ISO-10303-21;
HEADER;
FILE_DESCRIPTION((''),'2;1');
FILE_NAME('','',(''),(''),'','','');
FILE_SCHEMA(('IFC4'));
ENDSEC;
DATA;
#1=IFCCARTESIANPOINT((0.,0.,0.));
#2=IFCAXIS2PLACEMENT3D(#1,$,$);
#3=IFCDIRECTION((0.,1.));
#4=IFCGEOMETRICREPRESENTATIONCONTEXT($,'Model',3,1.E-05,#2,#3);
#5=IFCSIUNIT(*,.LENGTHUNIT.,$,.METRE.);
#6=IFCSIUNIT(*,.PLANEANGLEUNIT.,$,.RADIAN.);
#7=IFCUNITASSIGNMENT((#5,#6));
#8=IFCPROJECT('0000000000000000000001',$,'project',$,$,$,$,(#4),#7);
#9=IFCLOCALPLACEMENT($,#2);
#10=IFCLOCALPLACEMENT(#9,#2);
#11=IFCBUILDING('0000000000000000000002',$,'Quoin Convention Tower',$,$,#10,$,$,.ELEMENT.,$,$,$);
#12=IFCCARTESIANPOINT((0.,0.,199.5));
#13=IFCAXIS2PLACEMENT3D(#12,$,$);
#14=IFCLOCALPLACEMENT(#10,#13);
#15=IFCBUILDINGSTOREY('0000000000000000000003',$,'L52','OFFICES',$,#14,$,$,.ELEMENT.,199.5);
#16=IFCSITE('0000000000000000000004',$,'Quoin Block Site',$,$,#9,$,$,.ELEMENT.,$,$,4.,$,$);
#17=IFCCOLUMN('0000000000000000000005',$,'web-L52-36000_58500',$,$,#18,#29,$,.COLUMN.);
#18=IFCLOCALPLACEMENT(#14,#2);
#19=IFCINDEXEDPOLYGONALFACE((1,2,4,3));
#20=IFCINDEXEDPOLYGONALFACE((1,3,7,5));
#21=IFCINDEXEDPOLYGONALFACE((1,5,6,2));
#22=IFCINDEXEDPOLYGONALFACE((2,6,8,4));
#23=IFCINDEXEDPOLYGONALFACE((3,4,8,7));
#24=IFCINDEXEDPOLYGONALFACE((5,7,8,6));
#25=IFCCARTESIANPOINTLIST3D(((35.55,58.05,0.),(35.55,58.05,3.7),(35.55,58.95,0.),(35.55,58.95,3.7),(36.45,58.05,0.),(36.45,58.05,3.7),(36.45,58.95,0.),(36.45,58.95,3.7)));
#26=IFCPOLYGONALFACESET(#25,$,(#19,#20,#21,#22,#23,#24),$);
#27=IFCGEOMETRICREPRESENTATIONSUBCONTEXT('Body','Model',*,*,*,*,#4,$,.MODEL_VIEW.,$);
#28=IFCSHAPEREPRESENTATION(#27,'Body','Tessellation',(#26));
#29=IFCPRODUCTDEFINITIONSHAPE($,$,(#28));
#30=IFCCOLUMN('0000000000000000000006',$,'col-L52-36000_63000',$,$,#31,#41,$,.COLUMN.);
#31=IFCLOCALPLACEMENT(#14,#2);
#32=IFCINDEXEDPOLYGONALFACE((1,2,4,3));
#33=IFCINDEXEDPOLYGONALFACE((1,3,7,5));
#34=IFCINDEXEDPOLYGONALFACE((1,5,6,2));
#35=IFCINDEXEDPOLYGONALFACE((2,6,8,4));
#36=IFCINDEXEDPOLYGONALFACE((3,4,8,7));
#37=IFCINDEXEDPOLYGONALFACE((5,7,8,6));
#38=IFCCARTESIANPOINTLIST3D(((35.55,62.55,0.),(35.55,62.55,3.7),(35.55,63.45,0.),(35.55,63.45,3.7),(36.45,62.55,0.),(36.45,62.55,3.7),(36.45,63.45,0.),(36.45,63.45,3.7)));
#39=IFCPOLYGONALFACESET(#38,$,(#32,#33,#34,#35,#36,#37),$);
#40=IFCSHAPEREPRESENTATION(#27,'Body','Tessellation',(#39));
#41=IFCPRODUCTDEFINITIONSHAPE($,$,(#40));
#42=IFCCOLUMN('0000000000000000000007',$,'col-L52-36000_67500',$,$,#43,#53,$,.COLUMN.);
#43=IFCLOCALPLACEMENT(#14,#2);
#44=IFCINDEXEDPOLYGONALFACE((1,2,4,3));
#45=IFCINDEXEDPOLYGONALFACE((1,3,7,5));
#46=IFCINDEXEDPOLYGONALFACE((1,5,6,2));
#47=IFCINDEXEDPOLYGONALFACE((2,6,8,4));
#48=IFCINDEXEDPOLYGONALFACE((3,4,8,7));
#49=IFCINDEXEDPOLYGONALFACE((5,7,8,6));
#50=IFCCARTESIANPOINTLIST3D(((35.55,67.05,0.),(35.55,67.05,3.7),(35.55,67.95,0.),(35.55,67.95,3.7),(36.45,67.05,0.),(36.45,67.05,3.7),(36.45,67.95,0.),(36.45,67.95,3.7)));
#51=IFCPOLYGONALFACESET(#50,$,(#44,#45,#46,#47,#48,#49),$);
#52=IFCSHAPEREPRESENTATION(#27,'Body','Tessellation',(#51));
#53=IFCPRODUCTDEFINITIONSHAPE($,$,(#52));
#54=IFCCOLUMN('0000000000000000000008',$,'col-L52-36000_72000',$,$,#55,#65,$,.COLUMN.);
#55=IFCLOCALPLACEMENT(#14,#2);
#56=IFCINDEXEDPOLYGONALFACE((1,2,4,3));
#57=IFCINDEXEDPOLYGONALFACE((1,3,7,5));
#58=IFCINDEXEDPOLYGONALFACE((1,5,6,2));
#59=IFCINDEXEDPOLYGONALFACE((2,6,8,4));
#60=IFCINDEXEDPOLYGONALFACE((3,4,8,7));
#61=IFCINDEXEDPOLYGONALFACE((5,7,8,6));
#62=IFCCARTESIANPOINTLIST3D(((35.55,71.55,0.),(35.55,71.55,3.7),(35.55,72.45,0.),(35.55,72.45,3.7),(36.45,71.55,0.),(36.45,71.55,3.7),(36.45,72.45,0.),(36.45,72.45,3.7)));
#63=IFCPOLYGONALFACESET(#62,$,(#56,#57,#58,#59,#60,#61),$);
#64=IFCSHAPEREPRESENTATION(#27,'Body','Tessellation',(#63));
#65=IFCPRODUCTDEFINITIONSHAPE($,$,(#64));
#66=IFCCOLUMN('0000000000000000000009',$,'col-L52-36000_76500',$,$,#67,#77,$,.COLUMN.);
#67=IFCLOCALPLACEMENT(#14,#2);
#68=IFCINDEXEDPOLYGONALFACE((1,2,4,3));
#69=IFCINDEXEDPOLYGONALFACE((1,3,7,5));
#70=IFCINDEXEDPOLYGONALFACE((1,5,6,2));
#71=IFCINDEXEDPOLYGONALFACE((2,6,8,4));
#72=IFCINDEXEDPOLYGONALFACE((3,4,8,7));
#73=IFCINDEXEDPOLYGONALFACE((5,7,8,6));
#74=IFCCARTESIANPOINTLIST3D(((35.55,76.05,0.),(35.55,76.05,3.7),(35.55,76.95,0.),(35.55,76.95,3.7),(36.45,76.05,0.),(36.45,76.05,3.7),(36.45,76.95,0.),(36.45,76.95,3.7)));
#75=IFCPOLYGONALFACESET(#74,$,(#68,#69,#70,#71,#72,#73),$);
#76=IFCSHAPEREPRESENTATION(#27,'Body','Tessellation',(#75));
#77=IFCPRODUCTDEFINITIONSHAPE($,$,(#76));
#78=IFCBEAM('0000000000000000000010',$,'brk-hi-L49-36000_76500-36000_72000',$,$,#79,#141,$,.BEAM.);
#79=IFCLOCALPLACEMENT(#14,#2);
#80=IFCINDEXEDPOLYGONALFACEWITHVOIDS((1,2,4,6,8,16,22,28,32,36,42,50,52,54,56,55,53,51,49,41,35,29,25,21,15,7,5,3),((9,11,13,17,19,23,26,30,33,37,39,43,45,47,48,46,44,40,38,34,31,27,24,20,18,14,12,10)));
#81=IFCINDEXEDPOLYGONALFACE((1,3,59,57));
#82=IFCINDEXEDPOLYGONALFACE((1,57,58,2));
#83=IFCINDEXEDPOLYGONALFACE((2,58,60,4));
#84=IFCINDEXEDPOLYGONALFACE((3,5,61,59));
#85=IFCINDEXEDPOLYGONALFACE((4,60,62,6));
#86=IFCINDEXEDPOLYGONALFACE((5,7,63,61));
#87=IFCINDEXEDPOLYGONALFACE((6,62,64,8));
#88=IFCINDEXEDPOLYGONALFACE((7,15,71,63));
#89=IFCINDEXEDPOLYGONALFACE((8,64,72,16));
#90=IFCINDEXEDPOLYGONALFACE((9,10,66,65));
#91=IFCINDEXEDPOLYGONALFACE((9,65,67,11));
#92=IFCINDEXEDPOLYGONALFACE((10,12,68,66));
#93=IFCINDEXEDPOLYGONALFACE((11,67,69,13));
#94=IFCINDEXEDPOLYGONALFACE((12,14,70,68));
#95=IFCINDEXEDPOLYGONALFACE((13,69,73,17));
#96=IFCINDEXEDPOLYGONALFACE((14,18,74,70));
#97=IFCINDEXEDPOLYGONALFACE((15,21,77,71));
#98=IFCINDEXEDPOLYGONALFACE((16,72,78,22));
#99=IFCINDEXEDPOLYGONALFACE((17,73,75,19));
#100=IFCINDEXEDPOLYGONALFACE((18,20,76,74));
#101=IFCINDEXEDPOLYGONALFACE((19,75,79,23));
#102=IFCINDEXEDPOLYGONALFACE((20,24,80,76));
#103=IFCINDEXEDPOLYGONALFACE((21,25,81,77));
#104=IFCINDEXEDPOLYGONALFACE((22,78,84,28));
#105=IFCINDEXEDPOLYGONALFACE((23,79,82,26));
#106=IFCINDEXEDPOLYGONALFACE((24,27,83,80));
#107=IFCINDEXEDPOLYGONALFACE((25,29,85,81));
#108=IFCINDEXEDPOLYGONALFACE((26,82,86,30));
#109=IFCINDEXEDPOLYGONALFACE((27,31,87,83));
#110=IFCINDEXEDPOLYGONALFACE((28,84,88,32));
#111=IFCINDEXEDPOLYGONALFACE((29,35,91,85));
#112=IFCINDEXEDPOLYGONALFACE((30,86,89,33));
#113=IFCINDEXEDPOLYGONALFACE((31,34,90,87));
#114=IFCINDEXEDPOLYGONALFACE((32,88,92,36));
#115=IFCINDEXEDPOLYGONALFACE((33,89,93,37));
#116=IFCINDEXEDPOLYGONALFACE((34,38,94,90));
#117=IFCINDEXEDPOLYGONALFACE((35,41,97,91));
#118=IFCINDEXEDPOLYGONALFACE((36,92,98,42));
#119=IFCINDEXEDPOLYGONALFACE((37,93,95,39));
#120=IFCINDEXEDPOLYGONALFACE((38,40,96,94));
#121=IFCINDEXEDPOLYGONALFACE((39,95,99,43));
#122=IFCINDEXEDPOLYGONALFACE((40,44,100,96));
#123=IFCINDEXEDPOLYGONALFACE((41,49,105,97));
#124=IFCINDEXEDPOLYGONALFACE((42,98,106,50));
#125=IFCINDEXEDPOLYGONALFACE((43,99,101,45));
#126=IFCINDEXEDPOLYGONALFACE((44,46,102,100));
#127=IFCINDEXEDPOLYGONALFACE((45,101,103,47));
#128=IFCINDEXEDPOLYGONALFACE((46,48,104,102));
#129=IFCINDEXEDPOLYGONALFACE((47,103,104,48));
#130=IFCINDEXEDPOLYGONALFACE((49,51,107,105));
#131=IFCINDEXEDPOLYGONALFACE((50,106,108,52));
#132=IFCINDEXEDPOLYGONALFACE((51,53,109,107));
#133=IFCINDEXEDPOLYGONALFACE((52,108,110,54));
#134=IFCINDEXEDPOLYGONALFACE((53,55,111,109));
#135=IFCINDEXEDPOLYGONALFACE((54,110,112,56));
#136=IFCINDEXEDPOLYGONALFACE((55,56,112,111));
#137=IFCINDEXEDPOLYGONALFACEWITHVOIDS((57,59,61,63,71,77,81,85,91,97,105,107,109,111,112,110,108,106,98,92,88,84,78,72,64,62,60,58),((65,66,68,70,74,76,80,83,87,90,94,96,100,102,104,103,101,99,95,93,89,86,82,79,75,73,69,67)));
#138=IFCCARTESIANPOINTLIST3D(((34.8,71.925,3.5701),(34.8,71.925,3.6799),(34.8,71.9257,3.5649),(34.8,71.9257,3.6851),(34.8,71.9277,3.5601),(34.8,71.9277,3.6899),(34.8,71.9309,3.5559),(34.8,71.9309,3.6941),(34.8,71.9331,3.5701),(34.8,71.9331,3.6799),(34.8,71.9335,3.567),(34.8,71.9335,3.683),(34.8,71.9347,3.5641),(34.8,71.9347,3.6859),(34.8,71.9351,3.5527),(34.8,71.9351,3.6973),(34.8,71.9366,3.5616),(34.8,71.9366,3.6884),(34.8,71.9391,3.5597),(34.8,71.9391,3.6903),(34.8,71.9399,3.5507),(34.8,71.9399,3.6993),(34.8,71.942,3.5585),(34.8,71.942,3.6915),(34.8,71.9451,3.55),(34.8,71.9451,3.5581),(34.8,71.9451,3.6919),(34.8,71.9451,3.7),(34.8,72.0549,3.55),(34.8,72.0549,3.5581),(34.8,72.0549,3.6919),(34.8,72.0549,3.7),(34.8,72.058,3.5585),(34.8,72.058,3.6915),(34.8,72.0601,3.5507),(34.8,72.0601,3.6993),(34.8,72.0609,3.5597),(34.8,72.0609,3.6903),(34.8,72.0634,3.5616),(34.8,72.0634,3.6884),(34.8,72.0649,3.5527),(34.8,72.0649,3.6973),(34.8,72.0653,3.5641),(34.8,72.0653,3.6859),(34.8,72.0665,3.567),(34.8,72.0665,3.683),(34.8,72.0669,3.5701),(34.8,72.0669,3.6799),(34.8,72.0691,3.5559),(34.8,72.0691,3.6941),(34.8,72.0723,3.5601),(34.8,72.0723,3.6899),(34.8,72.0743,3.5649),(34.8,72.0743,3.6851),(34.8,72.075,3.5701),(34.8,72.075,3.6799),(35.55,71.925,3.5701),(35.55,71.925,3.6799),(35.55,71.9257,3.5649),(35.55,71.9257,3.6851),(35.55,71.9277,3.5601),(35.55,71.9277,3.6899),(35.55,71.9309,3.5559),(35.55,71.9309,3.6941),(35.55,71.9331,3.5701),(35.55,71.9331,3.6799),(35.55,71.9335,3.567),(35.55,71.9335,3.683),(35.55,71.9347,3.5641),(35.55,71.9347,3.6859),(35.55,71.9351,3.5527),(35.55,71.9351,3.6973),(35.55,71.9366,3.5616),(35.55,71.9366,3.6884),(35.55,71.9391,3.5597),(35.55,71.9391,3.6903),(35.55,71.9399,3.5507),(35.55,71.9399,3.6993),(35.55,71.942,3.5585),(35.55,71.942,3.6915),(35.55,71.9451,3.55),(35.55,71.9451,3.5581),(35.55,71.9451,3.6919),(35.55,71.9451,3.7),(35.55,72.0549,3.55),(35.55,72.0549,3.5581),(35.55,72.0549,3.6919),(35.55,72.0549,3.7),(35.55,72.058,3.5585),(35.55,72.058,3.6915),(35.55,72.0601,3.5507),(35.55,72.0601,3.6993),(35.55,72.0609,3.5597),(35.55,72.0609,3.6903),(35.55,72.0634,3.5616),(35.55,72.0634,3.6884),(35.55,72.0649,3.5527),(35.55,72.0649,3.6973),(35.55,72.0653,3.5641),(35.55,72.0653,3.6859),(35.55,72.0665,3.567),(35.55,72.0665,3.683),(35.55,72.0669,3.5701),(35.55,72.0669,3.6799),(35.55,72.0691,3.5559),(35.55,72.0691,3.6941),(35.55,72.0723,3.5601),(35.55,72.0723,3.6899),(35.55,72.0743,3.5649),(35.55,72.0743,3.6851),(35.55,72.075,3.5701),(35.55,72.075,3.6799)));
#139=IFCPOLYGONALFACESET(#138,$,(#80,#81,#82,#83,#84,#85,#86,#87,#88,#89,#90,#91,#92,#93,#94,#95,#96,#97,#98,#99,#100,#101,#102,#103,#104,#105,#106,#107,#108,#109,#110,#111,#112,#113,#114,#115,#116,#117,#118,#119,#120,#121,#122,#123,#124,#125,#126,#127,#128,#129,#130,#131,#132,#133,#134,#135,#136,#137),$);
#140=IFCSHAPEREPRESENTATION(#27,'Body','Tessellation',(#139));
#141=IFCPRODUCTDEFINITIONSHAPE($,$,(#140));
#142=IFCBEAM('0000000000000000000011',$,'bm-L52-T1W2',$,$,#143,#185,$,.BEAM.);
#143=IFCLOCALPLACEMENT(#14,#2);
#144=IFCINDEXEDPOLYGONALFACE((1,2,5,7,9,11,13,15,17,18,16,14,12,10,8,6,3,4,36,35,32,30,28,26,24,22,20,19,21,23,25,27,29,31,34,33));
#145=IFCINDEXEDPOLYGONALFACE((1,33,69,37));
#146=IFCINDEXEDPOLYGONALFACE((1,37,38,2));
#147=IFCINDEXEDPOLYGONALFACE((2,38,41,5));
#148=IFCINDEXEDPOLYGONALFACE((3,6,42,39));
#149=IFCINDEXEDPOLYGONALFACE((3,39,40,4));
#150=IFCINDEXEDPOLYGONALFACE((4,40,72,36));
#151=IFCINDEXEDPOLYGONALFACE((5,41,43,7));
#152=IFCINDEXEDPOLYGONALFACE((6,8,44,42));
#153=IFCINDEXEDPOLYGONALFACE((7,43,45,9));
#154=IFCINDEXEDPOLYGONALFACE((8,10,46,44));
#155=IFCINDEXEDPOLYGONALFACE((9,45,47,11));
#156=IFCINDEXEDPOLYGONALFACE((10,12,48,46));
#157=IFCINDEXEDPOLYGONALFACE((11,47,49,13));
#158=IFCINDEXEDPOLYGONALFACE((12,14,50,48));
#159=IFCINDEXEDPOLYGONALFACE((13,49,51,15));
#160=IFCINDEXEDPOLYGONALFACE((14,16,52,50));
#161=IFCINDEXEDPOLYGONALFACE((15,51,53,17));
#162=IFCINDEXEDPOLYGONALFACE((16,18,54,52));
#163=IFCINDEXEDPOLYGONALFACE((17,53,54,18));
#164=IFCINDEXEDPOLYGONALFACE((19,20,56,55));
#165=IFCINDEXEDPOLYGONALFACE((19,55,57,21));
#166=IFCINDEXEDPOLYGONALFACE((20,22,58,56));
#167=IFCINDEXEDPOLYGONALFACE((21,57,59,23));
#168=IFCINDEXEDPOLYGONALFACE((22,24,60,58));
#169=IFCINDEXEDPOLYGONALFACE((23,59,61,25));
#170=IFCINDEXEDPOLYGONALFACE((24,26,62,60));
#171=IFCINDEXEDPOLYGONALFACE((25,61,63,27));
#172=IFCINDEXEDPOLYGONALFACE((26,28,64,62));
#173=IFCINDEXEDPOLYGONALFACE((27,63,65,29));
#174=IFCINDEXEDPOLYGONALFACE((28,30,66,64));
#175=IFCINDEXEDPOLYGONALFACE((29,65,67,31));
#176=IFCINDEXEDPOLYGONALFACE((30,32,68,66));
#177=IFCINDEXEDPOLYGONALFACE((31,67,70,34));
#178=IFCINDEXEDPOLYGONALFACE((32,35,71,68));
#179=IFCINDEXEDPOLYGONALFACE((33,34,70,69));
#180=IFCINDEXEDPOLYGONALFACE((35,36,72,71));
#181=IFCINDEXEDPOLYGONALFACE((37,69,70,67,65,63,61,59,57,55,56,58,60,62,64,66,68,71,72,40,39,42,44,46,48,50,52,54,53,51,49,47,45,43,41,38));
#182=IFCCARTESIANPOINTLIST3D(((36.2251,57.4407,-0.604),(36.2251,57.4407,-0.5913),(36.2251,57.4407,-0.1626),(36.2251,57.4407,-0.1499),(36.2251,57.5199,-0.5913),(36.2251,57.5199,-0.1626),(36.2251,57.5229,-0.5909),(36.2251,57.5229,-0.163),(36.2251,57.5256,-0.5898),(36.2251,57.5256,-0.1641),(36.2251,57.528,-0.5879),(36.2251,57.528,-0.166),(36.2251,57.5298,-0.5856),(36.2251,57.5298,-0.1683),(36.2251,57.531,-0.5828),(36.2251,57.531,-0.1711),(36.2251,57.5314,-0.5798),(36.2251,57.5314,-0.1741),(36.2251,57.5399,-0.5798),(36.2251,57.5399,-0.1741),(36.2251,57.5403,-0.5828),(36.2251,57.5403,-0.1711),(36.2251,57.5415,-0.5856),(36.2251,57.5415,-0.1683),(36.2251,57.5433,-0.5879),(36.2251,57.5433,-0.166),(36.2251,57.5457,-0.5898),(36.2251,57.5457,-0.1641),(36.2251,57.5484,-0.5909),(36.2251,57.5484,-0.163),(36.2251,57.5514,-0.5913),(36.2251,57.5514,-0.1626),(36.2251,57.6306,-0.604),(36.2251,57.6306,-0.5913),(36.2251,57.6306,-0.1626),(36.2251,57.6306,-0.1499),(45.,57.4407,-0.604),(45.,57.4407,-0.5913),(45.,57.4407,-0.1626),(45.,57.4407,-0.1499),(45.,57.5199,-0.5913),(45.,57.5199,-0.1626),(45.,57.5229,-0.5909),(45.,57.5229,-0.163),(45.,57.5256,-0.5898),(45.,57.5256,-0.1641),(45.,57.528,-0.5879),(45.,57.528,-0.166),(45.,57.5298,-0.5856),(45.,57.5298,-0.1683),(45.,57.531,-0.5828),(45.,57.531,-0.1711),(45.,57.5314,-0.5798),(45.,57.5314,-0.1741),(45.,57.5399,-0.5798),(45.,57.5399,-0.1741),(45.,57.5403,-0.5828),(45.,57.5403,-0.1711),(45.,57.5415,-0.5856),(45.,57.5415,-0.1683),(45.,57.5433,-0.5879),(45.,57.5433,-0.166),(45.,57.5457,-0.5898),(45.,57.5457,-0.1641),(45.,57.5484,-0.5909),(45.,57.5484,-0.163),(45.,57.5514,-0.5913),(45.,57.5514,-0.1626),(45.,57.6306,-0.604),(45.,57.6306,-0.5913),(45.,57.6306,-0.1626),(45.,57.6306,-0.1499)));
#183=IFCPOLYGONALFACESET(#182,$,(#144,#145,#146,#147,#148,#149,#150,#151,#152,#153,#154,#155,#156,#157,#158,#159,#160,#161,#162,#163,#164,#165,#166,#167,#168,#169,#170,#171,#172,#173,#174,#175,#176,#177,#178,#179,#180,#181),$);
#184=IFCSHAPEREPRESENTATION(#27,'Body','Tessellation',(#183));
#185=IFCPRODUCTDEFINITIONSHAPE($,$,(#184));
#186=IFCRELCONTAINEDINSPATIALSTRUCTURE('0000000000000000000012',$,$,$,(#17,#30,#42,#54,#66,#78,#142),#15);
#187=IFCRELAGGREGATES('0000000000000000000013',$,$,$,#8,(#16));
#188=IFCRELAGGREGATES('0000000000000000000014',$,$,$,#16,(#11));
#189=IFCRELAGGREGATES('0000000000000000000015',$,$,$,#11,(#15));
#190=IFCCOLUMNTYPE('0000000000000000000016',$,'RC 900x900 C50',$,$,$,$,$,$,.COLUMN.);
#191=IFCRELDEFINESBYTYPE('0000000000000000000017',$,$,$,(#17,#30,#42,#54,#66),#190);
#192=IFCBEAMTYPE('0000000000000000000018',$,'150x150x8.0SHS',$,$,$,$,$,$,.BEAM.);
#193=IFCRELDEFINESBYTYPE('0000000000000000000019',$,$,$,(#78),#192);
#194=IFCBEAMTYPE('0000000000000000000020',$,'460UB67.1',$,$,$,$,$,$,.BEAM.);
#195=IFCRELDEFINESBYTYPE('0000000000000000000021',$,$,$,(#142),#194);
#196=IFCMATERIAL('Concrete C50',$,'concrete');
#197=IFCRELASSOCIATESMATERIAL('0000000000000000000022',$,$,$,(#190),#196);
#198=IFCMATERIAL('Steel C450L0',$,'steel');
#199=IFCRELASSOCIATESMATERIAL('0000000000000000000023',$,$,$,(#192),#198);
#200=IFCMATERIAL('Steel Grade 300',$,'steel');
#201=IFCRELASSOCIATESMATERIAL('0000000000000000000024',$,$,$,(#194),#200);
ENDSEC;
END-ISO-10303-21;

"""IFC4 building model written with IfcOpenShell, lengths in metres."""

from ifc_helpers import new_model, si_unit, direction, frame, origin, origin_2d, place, context, subcontext, project, spatial, rectangle, hollow_rectangle, i_section, extrude, material, material_profile, profile_set, type_object, element, save


model = new_model("IFC4")

# Units and contexts
model_context = context("Model", 3, precision=1e-05, world=origin(), true_north=direction((0.0, 1.0)))
body_context = subcontext(model_context, "Body", "Model", "MODEL_VIEW")
ifc_project = project(units=[si_unit("LENGTHUNIT", "METRE"), si_unit("PLANEANGLEUNIT", "RADIAN")], contexts=[model_context])

# Site, building, storey
site_placement = place(None, origin())
site = spatial("IfcSite", under=ifc_project, at=site_placement, Name="Quoin Block Site", CompositionType="ELEMENT", RefElevation=4.0)
building_placement = place(site_placement, origin())
building = spatial("IfcBuilding", under=site, at=building_placement, Name="Quoin Convention Tower", CompositionType="ELEMENT")
storey_placement = place(building_placement, frame((0.0, 0.0, 199.5)))
storey = spatial("IfcBuildingStorey", under=building, at=storey_placement, Name="L52", Description="OFFICES", CompositionType="ELEMENT", Elevation=199.5)

# Columns
ifc_material_1 = material(Name="Concrete C50", Category="concrete")
ifc_material_profile_1 = material_profile(ifc_material_1, rectangle(XDim=0.8999, YDim=0.8999, at=origin_2d()), Name="RC 900x900")
ifc_profile_set_1 = profile_set([ifc_material_profile_1], Name="Concrete C50")
column_type = type_object("IfcColumnType", Name="RC 900x900 C50", PredefinedType="COLUMN", material=ifc_profile_set_1)
for number, where, z_axis, x_axis, name in (
    (1, (36.0, 58.5, 0.0), (0.0, 0.0, 1.0), (1.0, 0.0, 0.0), "web-L52-36000_58500"),
    (2, (36.0, 63.0, 0.0), (0.0, 0.0, 1.0), (1.0, 0.0, 0.0), "col-L52-36000_63000"),
    (3, (36.0, 67.5, 0.0), (0.0, 0.0, 1.0), (1.0, 0.0, 0.0), "col-L52-36000_67500"),
    (4, (36.0, 72.0, 0.0), (0.0, 0.0, 1.0), (1.0, 0.0, 0.0), "col-L52-36000_72000"),
    (5, (36.0, 76.5, 0.0), (0.0, 0.0, 1.0), (1.0, 0.0, 0.0), "col-L52-36000_76500"),
):
    element("IfcColumn", number, at=place(storey_placement, frame(where, z_axis=z_axis, x_axis=x_axis)), inside=storey, type_object=column_type, Name=name, PredefinedType="COLUMN", context=body_context, shape_type="SweptSolid", body=[
        extrude(rectangle(XDim=0.8999, YDim=0.8999, at=origin_2d()), origin(), (0.0, 0.0, 1.0), 3.7),
    ])

# Beams
ifc_material_2 = material(Name="Steel C450L0", Category="steel")
ifc_material_profile_2 = material_profile(ifc_material_2, hollow_rectangle(XDim=0.1499, YDim=0.1499, WallThickness=0.0081, InnerFilletRadius=0.012, OuterFilletRadius=0.02, at=origin_2d()), Name="150x150x8.0SHS")
ifc_profile_set_2 = profile_set([ifc_material_profile_2], Name="Steel C450L0")
beam_type_1 = type_object("IfcBeamType", Name="150x150x8.0SHS", PredefinedType="BEAM", material=ifc_profile_set_2)
beam_placement = place(storey_placement, frame((35.55, 72.0, 3.625), z_axis=(-1.0, 0.0, 0.0), x_axis=(0.0, -1.0, 0.0)))
element("IfcBeam", 6, at=beam_placement, inside=storey, type_object=beam_type_1, Name="brk-hi-L49-36000_76500-36000_72000", PredefinedType="BEAM", context=body_context, shape_type="SweptSolid", body=[
    extrude(hollow_rectangle(XDim=0.1499, YDim=0.1499, WallThickness=0.0081, InnerFilletRadius=0.012, OuterFilletRadius=0.02, at=origin_2d()), origin(), (0.0, 0.0, 1.0), 0.75),
])
ifc_material_3 = material(Name="Steel Grade 300", Category="steel")
ifc_material_profile_3 = material_profile(ifc_material_3, i_section(OverallWidth=0.1899, OverallDepth=0.4541, WebThickness=0.0085, FlangeThickness=0.0127, FilletRadius=0.0115, at=origin_2d()), Name="460UB67.1")
ifc_profile_set_3 = profile_set([ifc_material_profile_3], Name="Steel Grade 300")
beam_type_2 = type_object("IfcBeamType", Name="460UB67.1", PredefinedType="BEAM", material=ifc_profile_set_3)
for number, where, z_axis, x_axis, name in (
    (7, (36.2251, 57.5356, -0.377), (1.0, 0.0, 0.0), (0.0, 1.0, 0.0), "bm-L52-T1W2"),
):
    element("IfcBeam", number, at=place(storey_placement, frame(where, z_axis=z_axis, x_axis=x_axis)), inside=storey, type_object=beam_type_2, Name=name, PredefinedType="BEAM", context=body_context, shape_type="SweptSolid", body=[
        extrude(i_section(OverallWidth=0.1899, OverallDepth=0.4541, WebThickness=0.0085, FlangeThickness=0.0127, FilletRadius=0.0115, at=origin_2d()), origin(), (0.0, 0.0, 1.0), 8.7749),
    ])

save(model, "model.ifc")
